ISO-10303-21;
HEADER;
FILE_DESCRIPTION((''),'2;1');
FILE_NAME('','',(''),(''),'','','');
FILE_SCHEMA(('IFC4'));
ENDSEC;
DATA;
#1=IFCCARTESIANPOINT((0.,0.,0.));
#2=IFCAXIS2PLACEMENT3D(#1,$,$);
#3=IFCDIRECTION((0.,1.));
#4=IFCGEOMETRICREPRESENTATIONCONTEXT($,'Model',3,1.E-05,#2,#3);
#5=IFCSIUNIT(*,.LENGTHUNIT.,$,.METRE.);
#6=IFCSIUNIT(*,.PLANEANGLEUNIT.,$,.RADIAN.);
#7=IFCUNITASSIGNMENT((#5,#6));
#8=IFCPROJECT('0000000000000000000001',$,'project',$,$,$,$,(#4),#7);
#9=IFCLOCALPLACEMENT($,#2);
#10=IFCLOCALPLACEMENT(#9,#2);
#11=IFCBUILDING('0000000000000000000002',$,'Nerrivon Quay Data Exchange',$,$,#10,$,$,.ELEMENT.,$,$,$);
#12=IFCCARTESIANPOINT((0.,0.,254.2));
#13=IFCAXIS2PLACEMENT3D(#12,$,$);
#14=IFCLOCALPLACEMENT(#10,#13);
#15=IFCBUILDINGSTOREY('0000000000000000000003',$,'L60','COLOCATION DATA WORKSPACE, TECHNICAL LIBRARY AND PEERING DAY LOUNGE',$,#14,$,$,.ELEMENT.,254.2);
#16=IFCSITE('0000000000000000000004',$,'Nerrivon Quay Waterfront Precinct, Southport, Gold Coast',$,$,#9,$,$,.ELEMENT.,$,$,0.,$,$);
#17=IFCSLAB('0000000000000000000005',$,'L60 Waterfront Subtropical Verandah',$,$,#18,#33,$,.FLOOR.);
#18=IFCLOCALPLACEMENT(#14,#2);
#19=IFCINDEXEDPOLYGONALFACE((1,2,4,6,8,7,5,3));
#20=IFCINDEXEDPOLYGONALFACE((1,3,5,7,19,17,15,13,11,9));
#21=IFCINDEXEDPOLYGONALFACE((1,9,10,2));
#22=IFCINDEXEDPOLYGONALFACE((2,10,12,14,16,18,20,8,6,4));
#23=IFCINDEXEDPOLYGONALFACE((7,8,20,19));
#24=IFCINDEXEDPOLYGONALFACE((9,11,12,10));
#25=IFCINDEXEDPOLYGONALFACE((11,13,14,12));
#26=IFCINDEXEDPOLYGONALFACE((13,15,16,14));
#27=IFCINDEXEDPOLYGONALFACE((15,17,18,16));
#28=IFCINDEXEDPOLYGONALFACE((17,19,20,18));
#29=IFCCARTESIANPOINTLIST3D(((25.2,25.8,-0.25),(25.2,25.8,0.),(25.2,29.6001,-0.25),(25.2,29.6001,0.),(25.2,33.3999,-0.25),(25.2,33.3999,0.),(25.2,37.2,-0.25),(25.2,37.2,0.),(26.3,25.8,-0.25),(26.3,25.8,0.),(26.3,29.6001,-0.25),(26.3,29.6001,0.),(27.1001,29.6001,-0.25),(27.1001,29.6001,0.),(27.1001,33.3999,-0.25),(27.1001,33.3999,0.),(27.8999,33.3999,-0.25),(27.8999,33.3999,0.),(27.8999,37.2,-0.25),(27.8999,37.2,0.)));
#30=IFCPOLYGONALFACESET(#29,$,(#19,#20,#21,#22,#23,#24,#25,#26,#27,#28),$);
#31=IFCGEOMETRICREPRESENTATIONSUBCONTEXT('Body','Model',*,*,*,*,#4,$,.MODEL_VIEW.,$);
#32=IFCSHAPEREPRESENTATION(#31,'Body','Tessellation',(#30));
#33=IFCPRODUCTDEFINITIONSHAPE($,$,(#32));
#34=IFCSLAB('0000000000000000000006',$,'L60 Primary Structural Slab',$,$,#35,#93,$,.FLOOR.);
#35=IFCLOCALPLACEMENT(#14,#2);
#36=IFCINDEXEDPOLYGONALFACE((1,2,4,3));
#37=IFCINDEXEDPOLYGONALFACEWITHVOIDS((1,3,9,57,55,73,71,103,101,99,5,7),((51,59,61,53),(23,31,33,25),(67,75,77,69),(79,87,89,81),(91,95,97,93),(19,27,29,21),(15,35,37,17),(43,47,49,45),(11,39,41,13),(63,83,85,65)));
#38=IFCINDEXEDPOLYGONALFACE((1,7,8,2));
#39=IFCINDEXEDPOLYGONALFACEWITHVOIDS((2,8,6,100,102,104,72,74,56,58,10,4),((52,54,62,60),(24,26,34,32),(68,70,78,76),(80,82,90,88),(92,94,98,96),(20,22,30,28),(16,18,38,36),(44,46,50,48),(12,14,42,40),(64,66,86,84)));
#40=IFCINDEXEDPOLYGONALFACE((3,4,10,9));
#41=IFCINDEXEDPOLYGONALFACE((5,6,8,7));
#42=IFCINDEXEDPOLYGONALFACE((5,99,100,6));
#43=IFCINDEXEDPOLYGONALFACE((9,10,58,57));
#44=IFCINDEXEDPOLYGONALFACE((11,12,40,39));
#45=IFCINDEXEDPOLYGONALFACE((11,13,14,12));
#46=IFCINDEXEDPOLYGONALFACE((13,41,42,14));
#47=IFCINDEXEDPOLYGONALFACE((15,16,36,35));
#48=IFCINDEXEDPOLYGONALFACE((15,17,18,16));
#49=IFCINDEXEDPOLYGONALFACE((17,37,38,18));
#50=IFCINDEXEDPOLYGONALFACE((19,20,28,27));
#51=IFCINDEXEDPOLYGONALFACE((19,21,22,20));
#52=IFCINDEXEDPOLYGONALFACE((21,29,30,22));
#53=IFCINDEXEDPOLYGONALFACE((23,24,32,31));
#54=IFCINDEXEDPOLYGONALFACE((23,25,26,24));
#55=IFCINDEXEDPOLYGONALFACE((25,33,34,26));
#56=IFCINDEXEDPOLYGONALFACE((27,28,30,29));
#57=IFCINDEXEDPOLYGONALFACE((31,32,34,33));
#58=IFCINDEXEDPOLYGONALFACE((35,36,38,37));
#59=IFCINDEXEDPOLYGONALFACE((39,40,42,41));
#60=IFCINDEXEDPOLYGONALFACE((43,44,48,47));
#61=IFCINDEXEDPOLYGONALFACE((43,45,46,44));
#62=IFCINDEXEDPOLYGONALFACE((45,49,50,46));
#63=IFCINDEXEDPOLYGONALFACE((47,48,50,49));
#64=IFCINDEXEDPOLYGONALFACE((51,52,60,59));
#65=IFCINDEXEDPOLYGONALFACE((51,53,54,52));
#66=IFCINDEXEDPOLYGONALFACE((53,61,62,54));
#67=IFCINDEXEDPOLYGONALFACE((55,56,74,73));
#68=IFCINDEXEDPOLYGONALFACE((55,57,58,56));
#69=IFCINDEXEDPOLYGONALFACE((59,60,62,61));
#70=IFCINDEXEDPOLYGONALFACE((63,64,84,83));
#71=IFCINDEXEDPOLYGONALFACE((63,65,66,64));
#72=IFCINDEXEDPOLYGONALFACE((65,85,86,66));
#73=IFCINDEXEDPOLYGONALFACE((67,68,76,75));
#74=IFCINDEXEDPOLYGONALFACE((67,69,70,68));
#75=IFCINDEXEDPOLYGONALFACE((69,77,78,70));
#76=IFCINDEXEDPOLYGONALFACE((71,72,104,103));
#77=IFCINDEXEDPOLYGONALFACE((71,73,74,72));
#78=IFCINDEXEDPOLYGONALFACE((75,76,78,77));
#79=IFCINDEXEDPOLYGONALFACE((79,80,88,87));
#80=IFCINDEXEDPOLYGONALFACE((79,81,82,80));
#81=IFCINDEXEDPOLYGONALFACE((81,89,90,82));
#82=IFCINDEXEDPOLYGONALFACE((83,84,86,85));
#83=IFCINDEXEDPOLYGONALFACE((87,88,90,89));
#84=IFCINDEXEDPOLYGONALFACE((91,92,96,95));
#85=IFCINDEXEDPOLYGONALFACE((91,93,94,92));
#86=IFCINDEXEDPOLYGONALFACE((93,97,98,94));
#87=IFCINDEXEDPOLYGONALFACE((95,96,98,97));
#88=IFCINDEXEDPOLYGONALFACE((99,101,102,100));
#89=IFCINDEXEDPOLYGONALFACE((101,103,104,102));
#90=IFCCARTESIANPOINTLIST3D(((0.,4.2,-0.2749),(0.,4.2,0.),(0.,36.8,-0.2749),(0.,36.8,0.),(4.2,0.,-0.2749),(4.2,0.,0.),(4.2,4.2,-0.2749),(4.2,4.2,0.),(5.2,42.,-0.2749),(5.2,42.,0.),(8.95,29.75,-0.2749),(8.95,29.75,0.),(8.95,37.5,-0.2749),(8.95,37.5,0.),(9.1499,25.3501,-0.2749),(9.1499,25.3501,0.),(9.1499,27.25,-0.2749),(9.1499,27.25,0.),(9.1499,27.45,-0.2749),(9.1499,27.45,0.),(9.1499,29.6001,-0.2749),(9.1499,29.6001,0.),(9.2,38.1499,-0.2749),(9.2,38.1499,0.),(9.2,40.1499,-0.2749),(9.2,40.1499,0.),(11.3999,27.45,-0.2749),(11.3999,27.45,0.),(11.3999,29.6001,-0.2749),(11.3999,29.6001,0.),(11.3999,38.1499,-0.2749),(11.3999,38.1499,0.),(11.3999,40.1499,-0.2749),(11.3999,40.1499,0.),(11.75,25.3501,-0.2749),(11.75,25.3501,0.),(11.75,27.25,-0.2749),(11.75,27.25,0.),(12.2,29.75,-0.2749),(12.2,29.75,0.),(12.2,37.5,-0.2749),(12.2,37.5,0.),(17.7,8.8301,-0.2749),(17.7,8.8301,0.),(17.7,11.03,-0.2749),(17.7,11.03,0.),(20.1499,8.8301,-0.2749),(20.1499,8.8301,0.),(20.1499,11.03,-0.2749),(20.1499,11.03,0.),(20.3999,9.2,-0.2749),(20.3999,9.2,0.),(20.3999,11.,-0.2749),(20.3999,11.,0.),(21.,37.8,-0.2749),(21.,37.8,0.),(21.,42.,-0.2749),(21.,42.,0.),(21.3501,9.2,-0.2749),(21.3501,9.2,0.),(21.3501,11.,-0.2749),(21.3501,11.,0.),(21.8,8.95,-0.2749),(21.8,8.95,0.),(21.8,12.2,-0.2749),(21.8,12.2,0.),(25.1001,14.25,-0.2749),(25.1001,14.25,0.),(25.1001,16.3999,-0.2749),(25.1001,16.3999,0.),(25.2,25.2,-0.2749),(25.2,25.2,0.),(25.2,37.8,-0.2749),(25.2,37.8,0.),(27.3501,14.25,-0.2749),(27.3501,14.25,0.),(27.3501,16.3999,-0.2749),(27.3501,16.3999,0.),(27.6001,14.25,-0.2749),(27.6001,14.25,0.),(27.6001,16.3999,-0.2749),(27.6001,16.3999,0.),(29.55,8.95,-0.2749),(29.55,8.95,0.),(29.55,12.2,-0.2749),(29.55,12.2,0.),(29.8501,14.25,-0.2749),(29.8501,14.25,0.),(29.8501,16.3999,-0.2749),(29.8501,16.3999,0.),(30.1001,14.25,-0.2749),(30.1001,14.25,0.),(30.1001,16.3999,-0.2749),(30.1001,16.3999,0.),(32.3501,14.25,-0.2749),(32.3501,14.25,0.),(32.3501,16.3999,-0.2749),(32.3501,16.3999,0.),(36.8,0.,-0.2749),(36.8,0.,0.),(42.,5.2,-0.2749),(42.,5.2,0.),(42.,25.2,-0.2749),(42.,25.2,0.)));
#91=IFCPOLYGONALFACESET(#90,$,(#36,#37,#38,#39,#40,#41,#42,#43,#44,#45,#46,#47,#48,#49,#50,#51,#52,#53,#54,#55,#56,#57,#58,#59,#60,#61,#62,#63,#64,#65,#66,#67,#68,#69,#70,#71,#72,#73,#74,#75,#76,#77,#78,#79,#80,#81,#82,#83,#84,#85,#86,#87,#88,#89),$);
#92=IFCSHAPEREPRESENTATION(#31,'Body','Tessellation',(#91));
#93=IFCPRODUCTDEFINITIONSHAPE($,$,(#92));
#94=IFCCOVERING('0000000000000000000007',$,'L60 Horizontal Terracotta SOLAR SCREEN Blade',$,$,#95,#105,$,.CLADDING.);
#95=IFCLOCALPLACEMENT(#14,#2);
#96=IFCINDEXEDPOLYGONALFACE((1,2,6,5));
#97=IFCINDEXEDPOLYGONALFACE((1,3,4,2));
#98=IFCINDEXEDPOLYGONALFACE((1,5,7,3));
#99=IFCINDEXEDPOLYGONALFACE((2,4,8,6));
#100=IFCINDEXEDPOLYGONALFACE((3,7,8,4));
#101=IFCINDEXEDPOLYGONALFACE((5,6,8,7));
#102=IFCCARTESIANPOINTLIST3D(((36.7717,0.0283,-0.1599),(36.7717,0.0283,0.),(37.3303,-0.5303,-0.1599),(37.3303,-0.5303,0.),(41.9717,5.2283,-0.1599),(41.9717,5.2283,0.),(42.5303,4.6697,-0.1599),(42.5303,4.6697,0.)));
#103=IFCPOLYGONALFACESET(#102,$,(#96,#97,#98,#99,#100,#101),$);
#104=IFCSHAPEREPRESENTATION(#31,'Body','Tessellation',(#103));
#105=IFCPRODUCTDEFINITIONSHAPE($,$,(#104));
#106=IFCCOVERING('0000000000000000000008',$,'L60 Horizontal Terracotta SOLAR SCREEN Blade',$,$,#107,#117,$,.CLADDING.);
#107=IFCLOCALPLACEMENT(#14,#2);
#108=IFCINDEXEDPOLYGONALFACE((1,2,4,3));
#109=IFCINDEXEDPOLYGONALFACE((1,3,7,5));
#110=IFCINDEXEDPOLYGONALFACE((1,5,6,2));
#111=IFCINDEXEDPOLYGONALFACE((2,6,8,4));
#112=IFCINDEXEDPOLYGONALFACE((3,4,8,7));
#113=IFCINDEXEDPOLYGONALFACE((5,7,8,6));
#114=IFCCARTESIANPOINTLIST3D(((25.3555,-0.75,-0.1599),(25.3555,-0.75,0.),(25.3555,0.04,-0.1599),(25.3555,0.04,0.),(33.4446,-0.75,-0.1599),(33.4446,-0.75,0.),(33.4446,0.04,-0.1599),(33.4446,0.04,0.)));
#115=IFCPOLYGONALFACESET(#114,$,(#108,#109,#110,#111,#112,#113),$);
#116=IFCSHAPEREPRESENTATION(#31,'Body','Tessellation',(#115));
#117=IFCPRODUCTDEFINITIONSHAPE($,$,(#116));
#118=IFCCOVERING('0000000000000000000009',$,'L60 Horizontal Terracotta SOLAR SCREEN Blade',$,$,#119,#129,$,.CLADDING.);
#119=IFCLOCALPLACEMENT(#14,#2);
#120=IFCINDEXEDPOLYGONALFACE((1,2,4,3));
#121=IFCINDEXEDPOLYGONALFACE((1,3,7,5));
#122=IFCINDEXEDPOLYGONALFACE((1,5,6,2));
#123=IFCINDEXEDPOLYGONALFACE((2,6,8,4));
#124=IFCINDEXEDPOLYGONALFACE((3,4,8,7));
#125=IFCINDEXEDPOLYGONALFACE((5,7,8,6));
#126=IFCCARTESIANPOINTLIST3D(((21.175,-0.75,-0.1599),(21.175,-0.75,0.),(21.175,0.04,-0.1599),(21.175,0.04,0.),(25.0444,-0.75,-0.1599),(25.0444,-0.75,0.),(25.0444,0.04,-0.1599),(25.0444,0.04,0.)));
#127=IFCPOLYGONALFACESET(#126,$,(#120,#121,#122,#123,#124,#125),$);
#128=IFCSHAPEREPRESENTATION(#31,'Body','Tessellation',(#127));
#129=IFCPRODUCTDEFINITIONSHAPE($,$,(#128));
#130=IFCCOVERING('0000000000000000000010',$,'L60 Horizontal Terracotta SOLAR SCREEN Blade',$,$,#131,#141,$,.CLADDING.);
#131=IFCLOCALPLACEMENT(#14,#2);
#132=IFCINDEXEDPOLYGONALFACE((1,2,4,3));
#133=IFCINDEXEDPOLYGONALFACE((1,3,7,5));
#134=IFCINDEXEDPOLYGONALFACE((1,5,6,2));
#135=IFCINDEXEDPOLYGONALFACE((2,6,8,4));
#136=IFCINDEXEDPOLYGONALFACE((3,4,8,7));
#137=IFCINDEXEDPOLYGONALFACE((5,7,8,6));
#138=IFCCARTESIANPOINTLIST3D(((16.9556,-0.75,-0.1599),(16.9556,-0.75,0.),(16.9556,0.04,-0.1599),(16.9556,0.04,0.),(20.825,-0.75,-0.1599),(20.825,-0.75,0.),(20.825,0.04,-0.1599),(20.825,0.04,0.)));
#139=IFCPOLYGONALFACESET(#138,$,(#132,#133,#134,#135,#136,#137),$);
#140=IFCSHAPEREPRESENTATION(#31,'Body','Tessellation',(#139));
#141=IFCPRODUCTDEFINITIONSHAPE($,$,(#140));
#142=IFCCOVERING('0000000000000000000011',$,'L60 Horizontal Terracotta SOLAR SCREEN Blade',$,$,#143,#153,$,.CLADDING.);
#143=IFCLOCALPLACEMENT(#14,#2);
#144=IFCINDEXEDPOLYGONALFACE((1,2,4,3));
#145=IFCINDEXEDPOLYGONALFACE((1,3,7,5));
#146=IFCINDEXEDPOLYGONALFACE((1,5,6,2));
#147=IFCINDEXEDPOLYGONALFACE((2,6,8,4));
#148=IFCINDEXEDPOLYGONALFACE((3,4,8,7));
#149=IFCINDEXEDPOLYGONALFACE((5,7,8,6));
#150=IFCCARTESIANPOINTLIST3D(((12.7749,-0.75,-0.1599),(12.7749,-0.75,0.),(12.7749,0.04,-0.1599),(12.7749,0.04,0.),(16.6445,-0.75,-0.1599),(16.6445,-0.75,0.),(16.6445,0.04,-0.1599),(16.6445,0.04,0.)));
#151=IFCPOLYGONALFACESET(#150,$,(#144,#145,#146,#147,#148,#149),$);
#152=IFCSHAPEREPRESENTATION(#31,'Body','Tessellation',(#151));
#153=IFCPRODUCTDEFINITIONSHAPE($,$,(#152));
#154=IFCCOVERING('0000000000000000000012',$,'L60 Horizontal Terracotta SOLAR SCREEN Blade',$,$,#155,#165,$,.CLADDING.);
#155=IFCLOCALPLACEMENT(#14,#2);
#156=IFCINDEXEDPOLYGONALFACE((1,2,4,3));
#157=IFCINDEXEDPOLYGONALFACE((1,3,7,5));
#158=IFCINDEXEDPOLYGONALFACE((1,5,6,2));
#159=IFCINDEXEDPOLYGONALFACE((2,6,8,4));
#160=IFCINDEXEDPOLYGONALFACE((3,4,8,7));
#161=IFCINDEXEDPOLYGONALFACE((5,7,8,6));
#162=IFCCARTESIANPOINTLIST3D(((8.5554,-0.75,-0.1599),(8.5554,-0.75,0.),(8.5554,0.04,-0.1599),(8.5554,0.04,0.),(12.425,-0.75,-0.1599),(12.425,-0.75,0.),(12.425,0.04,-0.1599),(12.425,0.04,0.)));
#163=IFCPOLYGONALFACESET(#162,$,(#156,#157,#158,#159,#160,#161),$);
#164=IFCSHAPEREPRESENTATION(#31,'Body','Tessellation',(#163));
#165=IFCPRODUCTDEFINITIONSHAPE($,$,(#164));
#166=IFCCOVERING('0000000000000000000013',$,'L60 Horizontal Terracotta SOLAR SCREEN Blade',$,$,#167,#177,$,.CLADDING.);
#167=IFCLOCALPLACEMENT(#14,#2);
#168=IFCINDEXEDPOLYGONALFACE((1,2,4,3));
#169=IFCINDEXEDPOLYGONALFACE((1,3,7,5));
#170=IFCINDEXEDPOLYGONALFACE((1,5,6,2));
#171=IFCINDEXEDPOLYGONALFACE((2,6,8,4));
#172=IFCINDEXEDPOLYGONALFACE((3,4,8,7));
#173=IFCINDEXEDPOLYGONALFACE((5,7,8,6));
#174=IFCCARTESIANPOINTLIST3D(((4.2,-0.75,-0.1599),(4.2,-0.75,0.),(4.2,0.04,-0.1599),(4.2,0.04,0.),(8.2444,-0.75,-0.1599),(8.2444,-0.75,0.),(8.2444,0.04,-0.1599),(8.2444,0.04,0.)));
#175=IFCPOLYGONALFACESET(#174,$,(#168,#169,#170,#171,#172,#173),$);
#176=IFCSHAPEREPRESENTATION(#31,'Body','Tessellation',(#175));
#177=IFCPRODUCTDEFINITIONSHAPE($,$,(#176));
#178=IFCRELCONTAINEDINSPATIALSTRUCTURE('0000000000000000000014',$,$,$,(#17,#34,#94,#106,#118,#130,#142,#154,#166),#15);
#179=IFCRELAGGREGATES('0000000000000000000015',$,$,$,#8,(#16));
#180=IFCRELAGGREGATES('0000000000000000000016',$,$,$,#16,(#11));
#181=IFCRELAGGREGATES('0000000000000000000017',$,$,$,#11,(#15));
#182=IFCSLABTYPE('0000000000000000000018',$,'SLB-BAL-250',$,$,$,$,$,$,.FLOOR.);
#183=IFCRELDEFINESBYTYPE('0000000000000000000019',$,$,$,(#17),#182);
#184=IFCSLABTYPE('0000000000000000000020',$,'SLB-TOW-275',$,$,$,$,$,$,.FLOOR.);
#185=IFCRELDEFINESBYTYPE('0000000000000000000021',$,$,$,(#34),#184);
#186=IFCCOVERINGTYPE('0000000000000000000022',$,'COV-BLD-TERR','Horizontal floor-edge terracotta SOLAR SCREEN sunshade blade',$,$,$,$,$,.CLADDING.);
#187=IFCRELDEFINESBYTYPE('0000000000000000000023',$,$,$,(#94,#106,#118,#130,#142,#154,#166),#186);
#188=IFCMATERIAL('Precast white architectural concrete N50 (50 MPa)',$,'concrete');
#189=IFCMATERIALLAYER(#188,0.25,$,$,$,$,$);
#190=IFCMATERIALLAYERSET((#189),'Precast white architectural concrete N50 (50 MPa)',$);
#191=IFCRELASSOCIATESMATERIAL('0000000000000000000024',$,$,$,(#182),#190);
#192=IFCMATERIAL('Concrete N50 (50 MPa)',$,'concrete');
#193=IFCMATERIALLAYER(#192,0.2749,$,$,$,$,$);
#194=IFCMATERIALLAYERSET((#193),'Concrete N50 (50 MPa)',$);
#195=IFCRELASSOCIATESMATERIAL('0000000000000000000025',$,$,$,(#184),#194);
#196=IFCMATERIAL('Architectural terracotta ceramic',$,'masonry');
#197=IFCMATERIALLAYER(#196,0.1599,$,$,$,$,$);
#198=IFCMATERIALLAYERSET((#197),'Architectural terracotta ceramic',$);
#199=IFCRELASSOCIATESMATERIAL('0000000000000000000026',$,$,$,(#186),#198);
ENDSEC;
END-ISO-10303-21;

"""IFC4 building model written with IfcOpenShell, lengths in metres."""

from ifc_helpers import new_model, si_unit, direction, frame, origin, place, context, subcontext, project, spatial, polyline, outline, extrude, material, layer, layer_set, type_object, element, save


model = new_model("IFC4")

# Units and contexts
model_context = context("Model", 3, precision=1e-05, world=origin(), true_north=direction((0.0, 1.0)))
body_context = subcontext(model_context, "Body", "Model", "MODEL_VIEW")
ifc_project = project(units=[si_unit("LENGTHUNIT", "METRE"), si_unit("PLANEANGLEUNIT", "RADIAN")], contexts=[model_context])

# Site, building, storey
site_placement = place(None, origin())
site = spatial("IfcSite", under=ifc_project, at=site_placement, Name="Nerrivon Quay Waterfront Precinct, Southport, Gold Coast", CompositionType="ELEMENT", RefElevation=0.0)
building_placement = place(site_placement, origin())
building = spatial("IfcBuilding", under=site, at=building_placement, Name="Nerrivon Quay Data Exchange", CompositionType="ELEMENT")
storey_placement = place(building_placement, frame((0.0, 0.0, 254.2)))
storey = spatial("IfcBuildingStorey", under=building, at=storey_placement, Name="L60", Description="COLOCATION DATA WORKSPACE, TECHNICAL LIBRARY AND PEERING DAY LOUNGE", CompositionType="ELEMENT", Elevation=254.2)

# Slabs
ifc_material_1 = material(Name="Precast white architectural concrete N50 (50 MPa)", Category="concrete")
ifc_layer_1 = layer(ifc_material_1, 0.25)
ifc_layer_set_1 = layer_set([ifc_layer_1], Name="Precast white architectural concrete N50 (50 MPa)")
slab_type_1 = type_object("IfcSlabType", Name="SLB-BAL-250", PredefinedType="FLOOR", material=ifc_layer_set_1)
slab_1_placement = place(storey_placement, frame((0.0, 0.0, -0.25)))
element("IfcSlab", 1, at=slab_1_placement, inside=storey, type_object=slab_type_1, Name="L60 Waterfront Subtropical Verandah", PredefinedType="FLOOR", context=body_context, shape_type="SweptSolid", body=[
    extrude(outline(polyline([(26.3, 29.6001), (27.1001, 29.6001), (27.1001, 33.3999), (27.8999, 33.3999), (27.8999, 37.2), (25.2, 37.2), (25.2, 33.3999), (25.2, 29.6001), (25.2, 25.8), (26.3, 25.8), (26.3, 29.6001)])), origin(), (0.0, 0.0, 1.0), 0.25),
])
ifc_material_2 = material(Name="Concrete N50 (50 MPa)", Category="concrete")
ifc_layer_2 = layer(ifc_material_2, 0.2749)
ifc_layer_set_2 = layer_set([ifc_layer_2], Name="Concrete N50 (50 MPa)")
slab_type_2 = type_object("IfcSlabType", Name="SLB-TOW-275", PredefinedType="FLOOR", material=ifc_layer_set_2)
slab_2_placement = place(storey_placement, frame((0.0, 0.0, -0.2749)))
element("IfcSlab", 2, at=slab_2_placement, inside=storey, type_object=slab_type_2, Name="L60 Primary Structural Slab", PredefinedType="FLOOR", context=body_context, shape_type="SweptSolid", body=[
    extrude(outline(polyline([(42.0, 25.2), (25.2, 25.2), (25.2, 37.8), (21.0, 37.8), (21.0, 42.0), (5.2, 42.0), (0.0, 36.8), (0.0, 4.2), (4.2, 4.2), (4.2, 0.0), (36.8, 0.0), (42.0, 5.2), (42.0, 25.2)]), holes=[polyline([(8.95, 29.75), (8.95, 37.5), (12.2, 37.5), (12.2, 29.75), (8.95, 29.75)]), polyline([(21.8, 12.2), (29.55, 12.2), (29.55, 8.95), (21.8, 8.95), (21.8, 12.2)]), polyline([(30.1001, 14.25), (30.1001, 16.3999), (32.3501, 16.3999), (32.3501, 14.25), (30.1001, 14.25)]), polyline([(27.6001, 14.25), (27.6001, 16.3999), (29.8501, 16.3999), (29.8501, 14.25), (27.6001, 14.25)]), polyline([(25.1001, 14.25), (25.1001, 16.3999), (27.3501, 16.3999), (27.3501, 14.25), (25.1001, 14.25)]), polyline([(20.3999, 9.2), (20.3999, 11.0), (21.3501, 11.0), (21.3501, 9.2), (20.3999, 9.2)]), polyline([(17.7, 8.8301), (17.7, 11.03), (20.1499, 11.03), (20.1499, 8.8301), (17.7, 8.8301)]), polyline([(9.1499, 25.3501), (9.1499, 27.25), (11.75, 27.25), (11.75, 25.3501), (9.1499, 25.3501)]), polyline([(9.1499, 27.45), (9.1499, 29.6001), (11.3999, 29.6001), (11.3999, 27.45), (9.1499, 27.45)]), polyline([(9.2, 38.1499), (9.2, 40.1499), (11.3999, 40.1499), (11.3999, 38.1499), (9.2, 38.1499)])]), origin(), (0.0, 0.0, 1.0), 0.2749),
])

# Coverings
ifc_material_3 = material(Name="Architectural terracotta ceramic", Category="masonry")
ifc_layer_3 = layer(ifc_material_3, 0.1599)
ifc_layer_set_3 = layer_set([ifc_layer_3], Name="Architectural terracotta ceramic")
covering_type = type_object("IfcCoveringType", Name="COV-BLD-TERR", Description="Horizontal floor-edge terracotta SOLAR SCREEN sunshade blade", PredefinedType="CLADDING", material=ifc_layer_set_3)
covering_1_placement = place(storey_placement, frame((0.0, 0.0, -0.1599)))
element("IfcCovering", 3, at=covering_1_placement, inside=storey, type_object=covering_type, Name="L60 Horizontal Terracotta SOLAR SCREEN Blade", PredefinedType="CLADDING", context=body_context, shape_type="SweptSolid", body=[
    extrude(outline(polyline([(41.9717, 5.2283), (36.7717, 0.0283), (37.3303, -0.5303), (42.5303, 4.6697), (41.9717, 5.2283)])), origin(), (0.0, 0.0, 1.0), 0.1599),
])
covering_2_placement = place(storey_placement, frame((0.0, 0.0, -0.1599)))
element("IfcCovering", 4, at=covering_2_placement, inside=storey, type_object=covering_type, Name="L60 Horizontal Terracotta SOLAR SCREEN Blade", PredefinedType="CLADDING", context=body_context, shape_type="SweptSolid", body=[
    extrude(outline(polyline([(33.4446, 0.04), (25.3555, 0.04), (25.3555, -0.75), (33.4446, -0.75), (33.4446, 0.04)])), origin(), (0.0, 0.0, 1.0), 0.1599),
])
covering_3_placement = place(storey_placement, frame((0.0, 0.0, -0.1599)))
element("IfcCovering", 5, at=covering_3_placement, inside=storey, type_object=covering_type, Name="L60 Horizontal Terracotta SOLAR SCREEN Blade", PredefinedType="CLADDING", context=body_context, shape_type="SweptSolid", body=[
    extrude(outline(polyline([(25.0444, 0.04), (21.175, 0.04), (21.175, -0.75), (25.0444, -0.75), (25.0444, 0.04)])), origin(), (0.0, 0.0, 1.0), 0.1599),
])
covering_4_placement = place(storey_placement, frame((0.0, 0.0, -0.1599)))
element("IfcCovering", 6, at=covering_4_placement, inside=storey, type_object=covering_type, Name="L60 Horizontal Terracotta SOLAR SCREEN Blade", PredefinedType="CLADDING", context=body_context, shape_type="SweptSolid", body=[
    extrude(outline(polyline([(20.825, 0.04), (16.9556, 0.04), (16.9556, -0.75), (20.825, -0.75), (20.825, 0.04)])), origin(), (0.0, 0.0, 1.0), 0.1599),
])
covering_5_placement = place(storey_placement, frame((0.0, 0.0, -0.1599)))
element("IfcCovering", 7, at=covering_5_placement, inside=storey, type_object=covering_type, Name="L60 Horizontal Terracotta SOLAR SCREEN Blade", PredefinedType="CLADDING", context=body_context, shape_type="SweptSolid", body=[
    extrude(outline(polyline([(16.6445, 0.04), (12.7749, 0.04), (12.7749, -0.75), (16.6445, -0.75), (16.6445, 0.04)])), origin(), (0.0, 0.0, 1.0), 0.1599),
])
covering_6_placement = place(storey_placement, frame((0.0, 0.0, -0.1599)))
element("IfcCovering", 8, at=covering_6_placement, inside=storey, type_object=covering_type, Name="L60 Horizontal Terracotta SOLAR SCREEN Blade", PredefinedType="CLADDING", context=body_context, shape_type="SweptSolid", body=[
    extrude(outline(polyline([(12.425, 0.04), (8.5554, 0.04), (8.5554, -0.75), (12.425, -0.75), (12.425, 0.04)])), origin(), (0.0, 0.0, 1.0), 0.1599),
])
covering_7_placement = place(storey_placement, frame((0.0, 0.0, -0.1599)))
element("IfcCovering", 9, at=covering_7_placement, inside=storey, type_object=covering_type, Name="L60 Horizontal Terracotta SOLAR SCREEN Blade", PredefinedType="CLADDING", context=body_context, shape_type="SweptSolid", body=[
    extrude(outline(polyline([(8.2444, 0.04), (4.2, 0.04), (4.2, -0.75), (8.2444, -0.75), (8.2444, 0.04)])), origin(), (0.0, 0.0, 1.0), 0.1599),
])

save(model, "model.ifc")
